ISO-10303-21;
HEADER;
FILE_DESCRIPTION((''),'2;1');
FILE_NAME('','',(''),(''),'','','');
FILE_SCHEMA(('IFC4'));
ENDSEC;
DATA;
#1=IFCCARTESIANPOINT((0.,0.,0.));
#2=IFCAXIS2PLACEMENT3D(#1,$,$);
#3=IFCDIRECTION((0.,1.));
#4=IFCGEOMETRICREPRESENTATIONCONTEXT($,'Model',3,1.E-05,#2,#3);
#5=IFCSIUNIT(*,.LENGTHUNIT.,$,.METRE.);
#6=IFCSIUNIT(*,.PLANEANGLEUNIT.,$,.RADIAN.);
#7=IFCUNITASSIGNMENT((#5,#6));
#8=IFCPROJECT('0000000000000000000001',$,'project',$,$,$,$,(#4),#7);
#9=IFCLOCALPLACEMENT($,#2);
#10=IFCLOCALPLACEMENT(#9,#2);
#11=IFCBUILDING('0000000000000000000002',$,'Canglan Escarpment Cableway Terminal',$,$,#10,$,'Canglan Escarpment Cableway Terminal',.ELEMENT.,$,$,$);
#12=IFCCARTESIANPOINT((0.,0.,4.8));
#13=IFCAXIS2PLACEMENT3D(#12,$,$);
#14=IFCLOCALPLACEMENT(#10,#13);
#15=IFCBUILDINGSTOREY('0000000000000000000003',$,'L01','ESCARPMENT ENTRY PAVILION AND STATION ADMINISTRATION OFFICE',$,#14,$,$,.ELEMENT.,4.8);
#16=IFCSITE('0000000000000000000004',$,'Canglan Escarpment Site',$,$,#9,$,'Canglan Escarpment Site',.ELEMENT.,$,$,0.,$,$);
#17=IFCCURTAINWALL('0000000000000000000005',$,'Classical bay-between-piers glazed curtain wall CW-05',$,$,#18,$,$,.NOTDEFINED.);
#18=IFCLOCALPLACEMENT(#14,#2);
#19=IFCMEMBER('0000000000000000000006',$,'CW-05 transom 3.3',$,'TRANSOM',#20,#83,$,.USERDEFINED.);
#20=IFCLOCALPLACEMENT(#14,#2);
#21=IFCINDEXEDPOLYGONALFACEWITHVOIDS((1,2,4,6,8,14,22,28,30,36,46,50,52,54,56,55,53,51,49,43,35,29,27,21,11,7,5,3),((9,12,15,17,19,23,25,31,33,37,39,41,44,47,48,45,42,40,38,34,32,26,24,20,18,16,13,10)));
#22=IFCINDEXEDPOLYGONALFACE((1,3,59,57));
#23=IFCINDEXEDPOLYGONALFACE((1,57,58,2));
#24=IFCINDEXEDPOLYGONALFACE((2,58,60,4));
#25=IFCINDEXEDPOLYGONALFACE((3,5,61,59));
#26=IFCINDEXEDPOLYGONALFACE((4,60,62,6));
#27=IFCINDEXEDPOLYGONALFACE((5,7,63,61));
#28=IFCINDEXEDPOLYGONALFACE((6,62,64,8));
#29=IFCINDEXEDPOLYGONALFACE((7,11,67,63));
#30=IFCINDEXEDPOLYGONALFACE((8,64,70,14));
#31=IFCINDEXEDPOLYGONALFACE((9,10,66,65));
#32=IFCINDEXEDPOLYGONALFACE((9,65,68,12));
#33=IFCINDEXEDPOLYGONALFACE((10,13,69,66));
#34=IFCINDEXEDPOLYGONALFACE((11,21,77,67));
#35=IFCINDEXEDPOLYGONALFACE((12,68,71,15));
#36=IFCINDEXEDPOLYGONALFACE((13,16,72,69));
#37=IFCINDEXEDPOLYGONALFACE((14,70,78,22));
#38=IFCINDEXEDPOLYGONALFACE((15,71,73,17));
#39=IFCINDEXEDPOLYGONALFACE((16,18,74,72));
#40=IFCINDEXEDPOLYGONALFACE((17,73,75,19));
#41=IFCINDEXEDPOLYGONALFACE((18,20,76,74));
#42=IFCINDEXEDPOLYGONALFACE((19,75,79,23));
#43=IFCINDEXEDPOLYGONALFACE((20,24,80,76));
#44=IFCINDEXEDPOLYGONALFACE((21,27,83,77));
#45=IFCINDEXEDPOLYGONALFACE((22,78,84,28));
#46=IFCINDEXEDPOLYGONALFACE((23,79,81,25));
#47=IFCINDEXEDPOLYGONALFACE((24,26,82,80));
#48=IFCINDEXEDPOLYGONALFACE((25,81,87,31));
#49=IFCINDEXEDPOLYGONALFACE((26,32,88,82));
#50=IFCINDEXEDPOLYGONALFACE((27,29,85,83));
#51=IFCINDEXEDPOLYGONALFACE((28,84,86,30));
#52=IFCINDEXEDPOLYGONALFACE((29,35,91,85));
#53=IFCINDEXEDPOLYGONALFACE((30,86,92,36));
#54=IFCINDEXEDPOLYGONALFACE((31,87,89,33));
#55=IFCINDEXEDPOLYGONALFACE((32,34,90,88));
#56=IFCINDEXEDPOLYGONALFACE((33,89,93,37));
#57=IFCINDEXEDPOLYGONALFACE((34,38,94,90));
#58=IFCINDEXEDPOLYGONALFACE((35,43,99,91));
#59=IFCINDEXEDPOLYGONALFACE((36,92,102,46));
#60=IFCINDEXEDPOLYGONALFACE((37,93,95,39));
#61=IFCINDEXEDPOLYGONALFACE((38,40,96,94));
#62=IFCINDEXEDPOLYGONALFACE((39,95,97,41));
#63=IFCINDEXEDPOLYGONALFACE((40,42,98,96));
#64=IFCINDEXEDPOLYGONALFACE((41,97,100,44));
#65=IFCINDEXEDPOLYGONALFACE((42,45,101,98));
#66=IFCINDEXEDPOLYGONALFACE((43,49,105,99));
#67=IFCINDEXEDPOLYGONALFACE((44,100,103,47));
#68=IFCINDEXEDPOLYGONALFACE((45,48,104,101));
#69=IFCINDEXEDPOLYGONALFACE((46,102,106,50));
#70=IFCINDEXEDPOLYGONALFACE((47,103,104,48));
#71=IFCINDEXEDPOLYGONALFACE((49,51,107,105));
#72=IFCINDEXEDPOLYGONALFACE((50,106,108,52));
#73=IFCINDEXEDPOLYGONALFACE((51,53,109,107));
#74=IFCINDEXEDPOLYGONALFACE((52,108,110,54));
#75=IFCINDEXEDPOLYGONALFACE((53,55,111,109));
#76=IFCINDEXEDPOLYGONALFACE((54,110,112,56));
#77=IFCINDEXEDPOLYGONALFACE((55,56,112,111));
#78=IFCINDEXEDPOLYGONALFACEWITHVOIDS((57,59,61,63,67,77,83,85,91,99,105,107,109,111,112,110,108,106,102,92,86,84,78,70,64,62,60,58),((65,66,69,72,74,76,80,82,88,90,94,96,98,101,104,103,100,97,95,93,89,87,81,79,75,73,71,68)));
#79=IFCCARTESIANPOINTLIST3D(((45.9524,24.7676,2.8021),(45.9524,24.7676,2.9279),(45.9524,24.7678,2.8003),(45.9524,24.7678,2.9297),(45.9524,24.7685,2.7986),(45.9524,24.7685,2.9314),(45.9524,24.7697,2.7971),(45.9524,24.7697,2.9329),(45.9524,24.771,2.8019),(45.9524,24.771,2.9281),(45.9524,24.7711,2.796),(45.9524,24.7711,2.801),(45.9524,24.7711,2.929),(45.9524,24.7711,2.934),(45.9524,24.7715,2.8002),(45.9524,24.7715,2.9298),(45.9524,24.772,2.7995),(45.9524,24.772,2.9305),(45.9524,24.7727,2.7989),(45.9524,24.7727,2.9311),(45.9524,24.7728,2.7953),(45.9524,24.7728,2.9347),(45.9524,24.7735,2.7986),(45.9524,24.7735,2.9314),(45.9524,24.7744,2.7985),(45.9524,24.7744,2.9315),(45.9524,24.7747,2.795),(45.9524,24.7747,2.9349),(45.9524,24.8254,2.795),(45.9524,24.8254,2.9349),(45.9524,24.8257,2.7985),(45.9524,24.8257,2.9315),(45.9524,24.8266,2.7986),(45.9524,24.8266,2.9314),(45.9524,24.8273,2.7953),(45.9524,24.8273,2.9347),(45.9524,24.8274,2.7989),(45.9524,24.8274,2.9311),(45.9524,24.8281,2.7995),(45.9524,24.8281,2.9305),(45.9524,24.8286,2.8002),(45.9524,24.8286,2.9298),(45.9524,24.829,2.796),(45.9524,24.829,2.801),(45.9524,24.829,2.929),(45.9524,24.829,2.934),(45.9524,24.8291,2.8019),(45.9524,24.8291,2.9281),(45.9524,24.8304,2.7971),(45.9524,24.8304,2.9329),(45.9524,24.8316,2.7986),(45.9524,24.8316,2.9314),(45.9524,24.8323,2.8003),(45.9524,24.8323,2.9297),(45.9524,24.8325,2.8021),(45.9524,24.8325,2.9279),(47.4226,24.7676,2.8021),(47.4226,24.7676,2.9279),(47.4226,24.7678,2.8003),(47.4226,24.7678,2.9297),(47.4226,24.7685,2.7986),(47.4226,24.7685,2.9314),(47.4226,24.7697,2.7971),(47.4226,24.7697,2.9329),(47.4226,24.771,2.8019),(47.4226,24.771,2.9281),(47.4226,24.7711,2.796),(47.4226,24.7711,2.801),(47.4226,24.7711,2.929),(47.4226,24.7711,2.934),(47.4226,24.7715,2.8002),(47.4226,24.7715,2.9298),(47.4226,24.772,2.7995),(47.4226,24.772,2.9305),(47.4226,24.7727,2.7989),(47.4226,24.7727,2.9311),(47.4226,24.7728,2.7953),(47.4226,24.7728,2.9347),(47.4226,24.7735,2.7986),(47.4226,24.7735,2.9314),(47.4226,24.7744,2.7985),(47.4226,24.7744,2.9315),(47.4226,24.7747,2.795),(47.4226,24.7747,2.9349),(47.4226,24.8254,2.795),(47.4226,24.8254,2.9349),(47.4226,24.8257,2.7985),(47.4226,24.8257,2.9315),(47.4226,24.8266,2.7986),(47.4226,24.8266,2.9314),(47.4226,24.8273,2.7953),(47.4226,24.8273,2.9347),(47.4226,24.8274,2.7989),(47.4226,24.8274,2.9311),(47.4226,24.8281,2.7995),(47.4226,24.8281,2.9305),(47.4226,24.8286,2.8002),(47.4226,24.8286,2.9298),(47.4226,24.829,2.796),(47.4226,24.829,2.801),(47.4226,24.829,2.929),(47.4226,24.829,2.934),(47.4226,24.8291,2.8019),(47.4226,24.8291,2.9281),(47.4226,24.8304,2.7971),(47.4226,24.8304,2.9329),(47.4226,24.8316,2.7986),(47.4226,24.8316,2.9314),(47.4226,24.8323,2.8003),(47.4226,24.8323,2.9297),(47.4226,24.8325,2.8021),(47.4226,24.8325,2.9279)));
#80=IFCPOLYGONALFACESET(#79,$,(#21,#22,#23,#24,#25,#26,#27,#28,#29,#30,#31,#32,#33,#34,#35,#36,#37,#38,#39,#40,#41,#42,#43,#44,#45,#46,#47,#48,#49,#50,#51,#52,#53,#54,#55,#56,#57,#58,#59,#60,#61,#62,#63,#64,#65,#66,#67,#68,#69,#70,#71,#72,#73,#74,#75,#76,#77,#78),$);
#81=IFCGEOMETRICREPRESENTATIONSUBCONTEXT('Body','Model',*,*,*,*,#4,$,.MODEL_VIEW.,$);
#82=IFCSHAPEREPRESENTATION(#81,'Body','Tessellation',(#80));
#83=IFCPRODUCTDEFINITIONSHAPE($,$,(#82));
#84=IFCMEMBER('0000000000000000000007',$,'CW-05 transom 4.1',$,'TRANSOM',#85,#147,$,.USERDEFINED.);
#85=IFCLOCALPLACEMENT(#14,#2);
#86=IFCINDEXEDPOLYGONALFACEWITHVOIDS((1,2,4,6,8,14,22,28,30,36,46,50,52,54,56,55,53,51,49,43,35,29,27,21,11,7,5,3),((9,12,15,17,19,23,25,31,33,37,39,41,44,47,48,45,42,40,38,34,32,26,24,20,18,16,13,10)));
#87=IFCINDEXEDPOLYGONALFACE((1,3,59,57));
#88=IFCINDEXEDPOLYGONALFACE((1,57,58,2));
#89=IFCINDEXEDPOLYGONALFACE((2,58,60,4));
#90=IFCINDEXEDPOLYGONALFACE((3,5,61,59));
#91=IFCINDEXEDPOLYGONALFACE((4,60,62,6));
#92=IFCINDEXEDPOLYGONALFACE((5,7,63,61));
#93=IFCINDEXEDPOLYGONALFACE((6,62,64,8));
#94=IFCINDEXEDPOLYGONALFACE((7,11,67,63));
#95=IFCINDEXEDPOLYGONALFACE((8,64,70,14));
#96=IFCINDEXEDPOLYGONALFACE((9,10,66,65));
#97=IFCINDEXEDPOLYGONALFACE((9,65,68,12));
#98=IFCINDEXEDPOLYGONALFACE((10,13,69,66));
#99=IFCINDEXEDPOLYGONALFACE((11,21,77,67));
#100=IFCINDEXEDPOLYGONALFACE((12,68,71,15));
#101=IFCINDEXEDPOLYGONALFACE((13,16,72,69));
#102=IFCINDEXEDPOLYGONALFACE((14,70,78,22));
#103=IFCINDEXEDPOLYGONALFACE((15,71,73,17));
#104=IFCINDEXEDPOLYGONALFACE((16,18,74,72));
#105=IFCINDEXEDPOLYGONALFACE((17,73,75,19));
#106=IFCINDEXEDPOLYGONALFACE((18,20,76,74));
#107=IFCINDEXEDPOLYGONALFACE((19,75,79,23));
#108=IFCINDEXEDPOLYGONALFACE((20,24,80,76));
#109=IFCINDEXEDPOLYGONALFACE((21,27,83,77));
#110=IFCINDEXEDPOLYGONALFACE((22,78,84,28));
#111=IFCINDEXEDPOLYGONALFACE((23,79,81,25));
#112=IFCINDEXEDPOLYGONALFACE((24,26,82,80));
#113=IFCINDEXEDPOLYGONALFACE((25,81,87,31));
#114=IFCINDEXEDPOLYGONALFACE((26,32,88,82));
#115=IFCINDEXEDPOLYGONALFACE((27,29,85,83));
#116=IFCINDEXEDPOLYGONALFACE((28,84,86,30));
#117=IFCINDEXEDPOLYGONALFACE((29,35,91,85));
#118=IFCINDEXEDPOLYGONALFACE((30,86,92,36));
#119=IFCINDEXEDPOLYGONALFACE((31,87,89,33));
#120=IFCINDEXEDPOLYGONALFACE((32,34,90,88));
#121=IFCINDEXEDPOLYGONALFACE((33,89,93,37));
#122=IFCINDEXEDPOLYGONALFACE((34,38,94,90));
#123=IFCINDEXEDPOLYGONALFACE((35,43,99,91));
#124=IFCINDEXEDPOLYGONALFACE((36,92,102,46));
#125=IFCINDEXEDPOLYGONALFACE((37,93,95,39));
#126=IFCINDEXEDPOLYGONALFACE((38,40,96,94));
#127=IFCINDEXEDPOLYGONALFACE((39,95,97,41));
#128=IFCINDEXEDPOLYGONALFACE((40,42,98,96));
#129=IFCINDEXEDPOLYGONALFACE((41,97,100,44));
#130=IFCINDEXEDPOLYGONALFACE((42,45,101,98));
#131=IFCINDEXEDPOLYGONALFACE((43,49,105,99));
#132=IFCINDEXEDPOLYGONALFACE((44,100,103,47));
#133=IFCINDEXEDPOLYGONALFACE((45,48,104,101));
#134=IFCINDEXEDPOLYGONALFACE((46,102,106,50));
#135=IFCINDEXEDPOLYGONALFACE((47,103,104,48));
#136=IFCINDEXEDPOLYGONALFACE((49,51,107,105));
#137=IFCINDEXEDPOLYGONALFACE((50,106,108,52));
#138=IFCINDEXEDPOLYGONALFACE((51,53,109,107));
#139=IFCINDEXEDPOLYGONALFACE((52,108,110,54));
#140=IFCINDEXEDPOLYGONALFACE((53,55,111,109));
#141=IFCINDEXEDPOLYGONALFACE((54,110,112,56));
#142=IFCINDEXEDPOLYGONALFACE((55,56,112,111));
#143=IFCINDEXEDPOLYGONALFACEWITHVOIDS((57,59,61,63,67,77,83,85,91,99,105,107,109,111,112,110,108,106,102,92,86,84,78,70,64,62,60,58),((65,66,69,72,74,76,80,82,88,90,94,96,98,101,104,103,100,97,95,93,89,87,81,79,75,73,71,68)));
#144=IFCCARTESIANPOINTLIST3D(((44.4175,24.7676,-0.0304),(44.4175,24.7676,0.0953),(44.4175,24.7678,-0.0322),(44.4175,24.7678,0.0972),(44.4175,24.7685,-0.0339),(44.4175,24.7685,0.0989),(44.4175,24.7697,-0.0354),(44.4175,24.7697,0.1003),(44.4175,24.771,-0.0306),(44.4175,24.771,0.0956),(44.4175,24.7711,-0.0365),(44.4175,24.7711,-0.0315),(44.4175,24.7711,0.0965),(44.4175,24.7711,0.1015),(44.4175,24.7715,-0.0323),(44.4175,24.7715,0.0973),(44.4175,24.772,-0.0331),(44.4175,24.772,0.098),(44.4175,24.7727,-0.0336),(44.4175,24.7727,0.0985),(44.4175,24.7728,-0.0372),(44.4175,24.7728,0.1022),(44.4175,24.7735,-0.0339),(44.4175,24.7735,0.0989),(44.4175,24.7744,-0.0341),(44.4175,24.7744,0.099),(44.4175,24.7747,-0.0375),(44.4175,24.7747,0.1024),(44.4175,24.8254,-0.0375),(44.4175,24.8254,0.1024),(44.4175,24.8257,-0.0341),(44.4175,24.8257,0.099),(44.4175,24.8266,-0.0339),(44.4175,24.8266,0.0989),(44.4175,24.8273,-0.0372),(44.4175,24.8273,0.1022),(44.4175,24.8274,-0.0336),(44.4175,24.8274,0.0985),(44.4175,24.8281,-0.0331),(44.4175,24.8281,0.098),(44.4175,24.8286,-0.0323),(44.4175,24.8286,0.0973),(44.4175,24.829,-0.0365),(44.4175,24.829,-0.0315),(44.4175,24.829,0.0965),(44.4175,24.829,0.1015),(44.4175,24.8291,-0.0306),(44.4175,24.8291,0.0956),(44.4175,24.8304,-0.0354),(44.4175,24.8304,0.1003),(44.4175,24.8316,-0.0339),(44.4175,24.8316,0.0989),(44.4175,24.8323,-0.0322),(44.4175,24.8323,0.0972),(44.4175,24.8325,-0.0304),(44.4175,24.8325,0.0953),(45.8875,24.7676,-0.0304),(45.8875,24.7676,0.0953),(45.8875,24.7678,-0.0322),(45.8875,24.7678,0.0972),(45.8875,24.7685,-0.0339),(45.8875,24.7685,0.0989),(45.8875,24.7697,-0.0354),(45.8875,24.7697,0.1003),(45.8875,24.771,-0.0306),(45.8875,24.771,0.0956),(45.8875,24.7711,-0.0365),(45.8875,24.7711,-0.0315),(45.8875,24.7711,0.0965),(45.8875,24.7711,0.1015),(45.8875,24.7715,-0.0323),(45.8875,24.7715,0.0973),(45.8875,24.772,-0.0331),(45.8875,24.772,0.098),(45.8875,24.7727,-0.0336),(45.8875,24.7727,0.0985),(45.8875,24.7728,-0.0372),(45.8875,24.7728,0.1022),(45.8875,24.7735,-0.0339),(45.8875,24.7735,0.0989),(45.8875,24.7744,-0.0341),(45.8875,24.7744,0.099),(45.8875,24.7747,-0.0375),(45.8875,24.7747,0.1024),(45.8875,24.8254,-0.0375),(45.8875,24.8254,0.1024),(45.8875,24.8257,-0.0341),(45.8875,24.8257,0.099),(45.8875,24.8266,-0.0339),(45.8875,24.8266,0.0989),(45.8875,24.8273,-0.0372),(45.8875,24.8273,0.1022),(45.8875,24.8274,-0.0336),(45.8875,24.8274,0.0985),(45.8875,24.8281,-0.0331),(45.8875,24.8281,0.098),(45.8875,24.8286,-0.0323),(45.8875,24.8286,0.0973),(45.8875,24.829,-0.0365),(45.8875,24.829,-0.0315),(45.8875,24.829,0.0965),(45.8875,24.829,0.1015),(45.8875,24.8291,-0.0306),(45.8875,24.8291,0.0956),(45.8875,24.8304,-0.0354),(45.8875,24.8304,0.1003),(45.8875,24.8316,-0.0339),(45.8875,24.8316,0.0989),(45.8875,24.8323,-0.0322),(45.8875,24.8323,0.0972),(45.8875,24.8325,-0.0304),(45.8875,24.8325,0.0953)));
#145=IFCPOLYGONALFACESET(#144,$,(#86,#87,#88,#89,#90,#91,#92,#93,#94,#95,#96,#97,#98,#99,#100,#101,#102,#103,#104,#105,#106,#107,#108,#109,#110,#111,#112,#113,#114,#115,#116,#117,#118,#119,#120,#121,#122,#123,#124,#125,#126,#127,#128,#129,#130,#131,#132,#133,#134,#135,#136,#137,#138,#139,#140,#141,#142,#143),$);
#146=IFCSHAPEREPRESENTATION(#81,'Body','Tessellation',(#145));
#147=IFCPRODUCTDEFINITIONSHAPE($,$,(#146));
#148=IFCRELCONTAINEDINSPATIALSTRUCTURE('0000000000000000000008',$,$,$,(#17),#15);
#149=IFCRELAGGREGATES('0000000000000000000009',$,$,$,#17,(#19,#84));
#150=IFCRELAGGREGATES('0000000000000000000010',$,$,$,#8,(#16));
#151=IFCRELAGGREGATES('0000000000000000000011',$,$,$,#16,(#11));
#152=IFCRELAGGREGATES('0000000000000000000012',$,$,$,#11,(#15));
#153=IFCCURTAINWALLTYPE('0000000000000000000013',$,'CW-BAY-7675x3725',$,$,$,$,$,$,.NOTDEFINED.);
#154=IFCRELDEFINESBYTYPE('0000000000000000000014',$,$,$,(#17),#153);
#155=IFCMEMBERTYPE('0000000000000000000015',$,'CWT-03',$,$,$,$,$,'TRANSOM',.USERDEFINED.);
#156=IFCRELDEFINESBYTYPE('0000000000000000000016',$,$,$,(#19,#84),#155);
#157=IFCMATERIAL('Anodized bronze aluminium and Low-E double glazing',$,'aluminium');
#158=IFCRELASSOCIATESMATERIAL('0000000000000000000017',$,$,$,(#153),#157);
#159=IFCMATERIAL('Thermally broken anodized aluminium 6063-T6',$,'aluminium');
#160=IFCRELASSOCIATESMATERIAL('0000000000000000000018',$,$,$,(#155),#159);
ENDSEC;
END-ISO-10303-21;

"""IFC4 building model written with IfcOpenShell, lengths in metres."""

from ifc_helpers import new_model, si_unit, direction, frame, origin, origin_2d, place, context, subcontext, project, spatial, hollow_rectangle, extrude, material, material_profile, profile_set, type_object, element, aggregate, save


model = new_model("IFC4")

# Units and contexts
model_context = context("Model", 3, precision=1e-05, world=origin(), true_north=direction((0.0, 1.0)))
body_context = subcontext(model_context, "Body", "Model", "MODEL_VIEW")
ifc_project = project(units=[si_unit("LENGTHUNIT", "METRE"), si_unit("PLANEANGLEUNIT", "RADIAN")], contexts=[model_context])

# Site, building, storey
site_placement = place(None, origin())
site = spatial("IfcSite", under=ifc_project, at=site_placement, Name="Canglan Escarpment Site", LongName="Canglan Escarpment Site", CompositionType="ELEMENT", RefElevation=0.0)
building_placement = place(site_placement, origin())
building = spatial("IfcBuilding", under=site, at=building_placement, Name="Canglan Escarpment Cableway Terminal", LongName="Canglan Escarpment Cableway Terminal", CompositionType="ELEMENT")
storey_placement = place(building_placement, frame((0.0, 0.0, 4.8)))
storey = spatial("IfcBuildingStorey", under=building, at=storey_placement, Name="L01", Description="ESCARPMENT ENTRY PAVILION AND STATION ADMINISTRATION OFFICE", CompositionType="ELEMENT", Elevation=4.8)

# Curtain wall, members
ifc_material_1 = material(Name="Anodized bronze aluminium and Low-E double glazing", Category="aluminium")
curtain_wall_type = type_object("IfcCurtainWallType", Name="CW-BAY-7675x3725", PredefinedType="NOTDEFINED", material=ifc_material_1)
curtain_wall_placement = place(storey_placement, origin())
curtain_wall = element("IfcCurtainWall", 1, at=curtain_wall_placement, inside=storey, type_object=curtain_wall_type, Name="Classical bay-between-piers glazed curtain wall CW-05", PredefinedType="NOTDEFINED")
ifc_material_2 = material(Name="Thermally broken anodized aluminium 6063-T6", Category="aluminium")
ifc_material_profile_1 = material_profile(ifc_material_2, hollow_rectangle(XDim=0.0649, YDim=0.1399, WallThickness=0.0034, InnerFilletRadius=0.0034, OuterFilletRadius=0.0071, at=origin_2d()), Name="ALU-TRAN 65x140x3.5")
ifc_profile_set_1 = profile_set([ifc_material_profile_1], Name="Thermally broken anodized aluminium 6063-T6")
member_type_1 = type_object("IfcMemberType", Name="CWT-03", ElementType="TRANSOM", PredefinedType="USERDEFINED", material=ifc_profile_set_1)
member_1_placement = place(storey_placement, frame((47.4226, 24.8, 2.865), z_axis=(-1.0, 0.0, 0.0), x_axis=(0.0, -1.0, 0.0)))
member_1 = element("IfcMember", 2, at=member_1_placement, type_object=member_type_1, Name="CW-05 transom 3.3", ObjectType="TRANSOM", PredefinedType="USERDEFINED", context=body_context, shape_type="SweptSolid", body=[
    extrude(hollow_rectangle(XDim=0.0649, YDim=0.1399, WallThickness=0.0034, InnerFilletRadius=0.0034, OuterFilletRadius=0.0071, at=origin_2d()), origin(), (0.0, 0.0, 1.0), 1.4702),
])
member_2_placement = place(storey_placement, frame((45.8875, 24.8, 0.0325), z_axis=(-1.0, 0.0, 0.0), x_axis=(0.0, -1.0, 0.0)))
member_2 = element("IfcMember", 3, at=member_2_placement, type_object=member_type_1, Name="CW-05 transom 4.1", ObjectType="TRANSOM", PredefinedType="USERDEFINED", context=body_context, shape_type="SweptSolid", body=[
    extrude(hollow_rectangle(XDim=0.0649, YDim=0.1399, WallThickness=0.0034, InnerFilletRadius=0.0034, OuterFilletRadius=0.0071, at=origin_2d()), origin(), (0.0, 0.0, 1.0), 1.47),
])
aggregate(curtain_wall, [member_1, member_2])

save(model, "model.ifc")
